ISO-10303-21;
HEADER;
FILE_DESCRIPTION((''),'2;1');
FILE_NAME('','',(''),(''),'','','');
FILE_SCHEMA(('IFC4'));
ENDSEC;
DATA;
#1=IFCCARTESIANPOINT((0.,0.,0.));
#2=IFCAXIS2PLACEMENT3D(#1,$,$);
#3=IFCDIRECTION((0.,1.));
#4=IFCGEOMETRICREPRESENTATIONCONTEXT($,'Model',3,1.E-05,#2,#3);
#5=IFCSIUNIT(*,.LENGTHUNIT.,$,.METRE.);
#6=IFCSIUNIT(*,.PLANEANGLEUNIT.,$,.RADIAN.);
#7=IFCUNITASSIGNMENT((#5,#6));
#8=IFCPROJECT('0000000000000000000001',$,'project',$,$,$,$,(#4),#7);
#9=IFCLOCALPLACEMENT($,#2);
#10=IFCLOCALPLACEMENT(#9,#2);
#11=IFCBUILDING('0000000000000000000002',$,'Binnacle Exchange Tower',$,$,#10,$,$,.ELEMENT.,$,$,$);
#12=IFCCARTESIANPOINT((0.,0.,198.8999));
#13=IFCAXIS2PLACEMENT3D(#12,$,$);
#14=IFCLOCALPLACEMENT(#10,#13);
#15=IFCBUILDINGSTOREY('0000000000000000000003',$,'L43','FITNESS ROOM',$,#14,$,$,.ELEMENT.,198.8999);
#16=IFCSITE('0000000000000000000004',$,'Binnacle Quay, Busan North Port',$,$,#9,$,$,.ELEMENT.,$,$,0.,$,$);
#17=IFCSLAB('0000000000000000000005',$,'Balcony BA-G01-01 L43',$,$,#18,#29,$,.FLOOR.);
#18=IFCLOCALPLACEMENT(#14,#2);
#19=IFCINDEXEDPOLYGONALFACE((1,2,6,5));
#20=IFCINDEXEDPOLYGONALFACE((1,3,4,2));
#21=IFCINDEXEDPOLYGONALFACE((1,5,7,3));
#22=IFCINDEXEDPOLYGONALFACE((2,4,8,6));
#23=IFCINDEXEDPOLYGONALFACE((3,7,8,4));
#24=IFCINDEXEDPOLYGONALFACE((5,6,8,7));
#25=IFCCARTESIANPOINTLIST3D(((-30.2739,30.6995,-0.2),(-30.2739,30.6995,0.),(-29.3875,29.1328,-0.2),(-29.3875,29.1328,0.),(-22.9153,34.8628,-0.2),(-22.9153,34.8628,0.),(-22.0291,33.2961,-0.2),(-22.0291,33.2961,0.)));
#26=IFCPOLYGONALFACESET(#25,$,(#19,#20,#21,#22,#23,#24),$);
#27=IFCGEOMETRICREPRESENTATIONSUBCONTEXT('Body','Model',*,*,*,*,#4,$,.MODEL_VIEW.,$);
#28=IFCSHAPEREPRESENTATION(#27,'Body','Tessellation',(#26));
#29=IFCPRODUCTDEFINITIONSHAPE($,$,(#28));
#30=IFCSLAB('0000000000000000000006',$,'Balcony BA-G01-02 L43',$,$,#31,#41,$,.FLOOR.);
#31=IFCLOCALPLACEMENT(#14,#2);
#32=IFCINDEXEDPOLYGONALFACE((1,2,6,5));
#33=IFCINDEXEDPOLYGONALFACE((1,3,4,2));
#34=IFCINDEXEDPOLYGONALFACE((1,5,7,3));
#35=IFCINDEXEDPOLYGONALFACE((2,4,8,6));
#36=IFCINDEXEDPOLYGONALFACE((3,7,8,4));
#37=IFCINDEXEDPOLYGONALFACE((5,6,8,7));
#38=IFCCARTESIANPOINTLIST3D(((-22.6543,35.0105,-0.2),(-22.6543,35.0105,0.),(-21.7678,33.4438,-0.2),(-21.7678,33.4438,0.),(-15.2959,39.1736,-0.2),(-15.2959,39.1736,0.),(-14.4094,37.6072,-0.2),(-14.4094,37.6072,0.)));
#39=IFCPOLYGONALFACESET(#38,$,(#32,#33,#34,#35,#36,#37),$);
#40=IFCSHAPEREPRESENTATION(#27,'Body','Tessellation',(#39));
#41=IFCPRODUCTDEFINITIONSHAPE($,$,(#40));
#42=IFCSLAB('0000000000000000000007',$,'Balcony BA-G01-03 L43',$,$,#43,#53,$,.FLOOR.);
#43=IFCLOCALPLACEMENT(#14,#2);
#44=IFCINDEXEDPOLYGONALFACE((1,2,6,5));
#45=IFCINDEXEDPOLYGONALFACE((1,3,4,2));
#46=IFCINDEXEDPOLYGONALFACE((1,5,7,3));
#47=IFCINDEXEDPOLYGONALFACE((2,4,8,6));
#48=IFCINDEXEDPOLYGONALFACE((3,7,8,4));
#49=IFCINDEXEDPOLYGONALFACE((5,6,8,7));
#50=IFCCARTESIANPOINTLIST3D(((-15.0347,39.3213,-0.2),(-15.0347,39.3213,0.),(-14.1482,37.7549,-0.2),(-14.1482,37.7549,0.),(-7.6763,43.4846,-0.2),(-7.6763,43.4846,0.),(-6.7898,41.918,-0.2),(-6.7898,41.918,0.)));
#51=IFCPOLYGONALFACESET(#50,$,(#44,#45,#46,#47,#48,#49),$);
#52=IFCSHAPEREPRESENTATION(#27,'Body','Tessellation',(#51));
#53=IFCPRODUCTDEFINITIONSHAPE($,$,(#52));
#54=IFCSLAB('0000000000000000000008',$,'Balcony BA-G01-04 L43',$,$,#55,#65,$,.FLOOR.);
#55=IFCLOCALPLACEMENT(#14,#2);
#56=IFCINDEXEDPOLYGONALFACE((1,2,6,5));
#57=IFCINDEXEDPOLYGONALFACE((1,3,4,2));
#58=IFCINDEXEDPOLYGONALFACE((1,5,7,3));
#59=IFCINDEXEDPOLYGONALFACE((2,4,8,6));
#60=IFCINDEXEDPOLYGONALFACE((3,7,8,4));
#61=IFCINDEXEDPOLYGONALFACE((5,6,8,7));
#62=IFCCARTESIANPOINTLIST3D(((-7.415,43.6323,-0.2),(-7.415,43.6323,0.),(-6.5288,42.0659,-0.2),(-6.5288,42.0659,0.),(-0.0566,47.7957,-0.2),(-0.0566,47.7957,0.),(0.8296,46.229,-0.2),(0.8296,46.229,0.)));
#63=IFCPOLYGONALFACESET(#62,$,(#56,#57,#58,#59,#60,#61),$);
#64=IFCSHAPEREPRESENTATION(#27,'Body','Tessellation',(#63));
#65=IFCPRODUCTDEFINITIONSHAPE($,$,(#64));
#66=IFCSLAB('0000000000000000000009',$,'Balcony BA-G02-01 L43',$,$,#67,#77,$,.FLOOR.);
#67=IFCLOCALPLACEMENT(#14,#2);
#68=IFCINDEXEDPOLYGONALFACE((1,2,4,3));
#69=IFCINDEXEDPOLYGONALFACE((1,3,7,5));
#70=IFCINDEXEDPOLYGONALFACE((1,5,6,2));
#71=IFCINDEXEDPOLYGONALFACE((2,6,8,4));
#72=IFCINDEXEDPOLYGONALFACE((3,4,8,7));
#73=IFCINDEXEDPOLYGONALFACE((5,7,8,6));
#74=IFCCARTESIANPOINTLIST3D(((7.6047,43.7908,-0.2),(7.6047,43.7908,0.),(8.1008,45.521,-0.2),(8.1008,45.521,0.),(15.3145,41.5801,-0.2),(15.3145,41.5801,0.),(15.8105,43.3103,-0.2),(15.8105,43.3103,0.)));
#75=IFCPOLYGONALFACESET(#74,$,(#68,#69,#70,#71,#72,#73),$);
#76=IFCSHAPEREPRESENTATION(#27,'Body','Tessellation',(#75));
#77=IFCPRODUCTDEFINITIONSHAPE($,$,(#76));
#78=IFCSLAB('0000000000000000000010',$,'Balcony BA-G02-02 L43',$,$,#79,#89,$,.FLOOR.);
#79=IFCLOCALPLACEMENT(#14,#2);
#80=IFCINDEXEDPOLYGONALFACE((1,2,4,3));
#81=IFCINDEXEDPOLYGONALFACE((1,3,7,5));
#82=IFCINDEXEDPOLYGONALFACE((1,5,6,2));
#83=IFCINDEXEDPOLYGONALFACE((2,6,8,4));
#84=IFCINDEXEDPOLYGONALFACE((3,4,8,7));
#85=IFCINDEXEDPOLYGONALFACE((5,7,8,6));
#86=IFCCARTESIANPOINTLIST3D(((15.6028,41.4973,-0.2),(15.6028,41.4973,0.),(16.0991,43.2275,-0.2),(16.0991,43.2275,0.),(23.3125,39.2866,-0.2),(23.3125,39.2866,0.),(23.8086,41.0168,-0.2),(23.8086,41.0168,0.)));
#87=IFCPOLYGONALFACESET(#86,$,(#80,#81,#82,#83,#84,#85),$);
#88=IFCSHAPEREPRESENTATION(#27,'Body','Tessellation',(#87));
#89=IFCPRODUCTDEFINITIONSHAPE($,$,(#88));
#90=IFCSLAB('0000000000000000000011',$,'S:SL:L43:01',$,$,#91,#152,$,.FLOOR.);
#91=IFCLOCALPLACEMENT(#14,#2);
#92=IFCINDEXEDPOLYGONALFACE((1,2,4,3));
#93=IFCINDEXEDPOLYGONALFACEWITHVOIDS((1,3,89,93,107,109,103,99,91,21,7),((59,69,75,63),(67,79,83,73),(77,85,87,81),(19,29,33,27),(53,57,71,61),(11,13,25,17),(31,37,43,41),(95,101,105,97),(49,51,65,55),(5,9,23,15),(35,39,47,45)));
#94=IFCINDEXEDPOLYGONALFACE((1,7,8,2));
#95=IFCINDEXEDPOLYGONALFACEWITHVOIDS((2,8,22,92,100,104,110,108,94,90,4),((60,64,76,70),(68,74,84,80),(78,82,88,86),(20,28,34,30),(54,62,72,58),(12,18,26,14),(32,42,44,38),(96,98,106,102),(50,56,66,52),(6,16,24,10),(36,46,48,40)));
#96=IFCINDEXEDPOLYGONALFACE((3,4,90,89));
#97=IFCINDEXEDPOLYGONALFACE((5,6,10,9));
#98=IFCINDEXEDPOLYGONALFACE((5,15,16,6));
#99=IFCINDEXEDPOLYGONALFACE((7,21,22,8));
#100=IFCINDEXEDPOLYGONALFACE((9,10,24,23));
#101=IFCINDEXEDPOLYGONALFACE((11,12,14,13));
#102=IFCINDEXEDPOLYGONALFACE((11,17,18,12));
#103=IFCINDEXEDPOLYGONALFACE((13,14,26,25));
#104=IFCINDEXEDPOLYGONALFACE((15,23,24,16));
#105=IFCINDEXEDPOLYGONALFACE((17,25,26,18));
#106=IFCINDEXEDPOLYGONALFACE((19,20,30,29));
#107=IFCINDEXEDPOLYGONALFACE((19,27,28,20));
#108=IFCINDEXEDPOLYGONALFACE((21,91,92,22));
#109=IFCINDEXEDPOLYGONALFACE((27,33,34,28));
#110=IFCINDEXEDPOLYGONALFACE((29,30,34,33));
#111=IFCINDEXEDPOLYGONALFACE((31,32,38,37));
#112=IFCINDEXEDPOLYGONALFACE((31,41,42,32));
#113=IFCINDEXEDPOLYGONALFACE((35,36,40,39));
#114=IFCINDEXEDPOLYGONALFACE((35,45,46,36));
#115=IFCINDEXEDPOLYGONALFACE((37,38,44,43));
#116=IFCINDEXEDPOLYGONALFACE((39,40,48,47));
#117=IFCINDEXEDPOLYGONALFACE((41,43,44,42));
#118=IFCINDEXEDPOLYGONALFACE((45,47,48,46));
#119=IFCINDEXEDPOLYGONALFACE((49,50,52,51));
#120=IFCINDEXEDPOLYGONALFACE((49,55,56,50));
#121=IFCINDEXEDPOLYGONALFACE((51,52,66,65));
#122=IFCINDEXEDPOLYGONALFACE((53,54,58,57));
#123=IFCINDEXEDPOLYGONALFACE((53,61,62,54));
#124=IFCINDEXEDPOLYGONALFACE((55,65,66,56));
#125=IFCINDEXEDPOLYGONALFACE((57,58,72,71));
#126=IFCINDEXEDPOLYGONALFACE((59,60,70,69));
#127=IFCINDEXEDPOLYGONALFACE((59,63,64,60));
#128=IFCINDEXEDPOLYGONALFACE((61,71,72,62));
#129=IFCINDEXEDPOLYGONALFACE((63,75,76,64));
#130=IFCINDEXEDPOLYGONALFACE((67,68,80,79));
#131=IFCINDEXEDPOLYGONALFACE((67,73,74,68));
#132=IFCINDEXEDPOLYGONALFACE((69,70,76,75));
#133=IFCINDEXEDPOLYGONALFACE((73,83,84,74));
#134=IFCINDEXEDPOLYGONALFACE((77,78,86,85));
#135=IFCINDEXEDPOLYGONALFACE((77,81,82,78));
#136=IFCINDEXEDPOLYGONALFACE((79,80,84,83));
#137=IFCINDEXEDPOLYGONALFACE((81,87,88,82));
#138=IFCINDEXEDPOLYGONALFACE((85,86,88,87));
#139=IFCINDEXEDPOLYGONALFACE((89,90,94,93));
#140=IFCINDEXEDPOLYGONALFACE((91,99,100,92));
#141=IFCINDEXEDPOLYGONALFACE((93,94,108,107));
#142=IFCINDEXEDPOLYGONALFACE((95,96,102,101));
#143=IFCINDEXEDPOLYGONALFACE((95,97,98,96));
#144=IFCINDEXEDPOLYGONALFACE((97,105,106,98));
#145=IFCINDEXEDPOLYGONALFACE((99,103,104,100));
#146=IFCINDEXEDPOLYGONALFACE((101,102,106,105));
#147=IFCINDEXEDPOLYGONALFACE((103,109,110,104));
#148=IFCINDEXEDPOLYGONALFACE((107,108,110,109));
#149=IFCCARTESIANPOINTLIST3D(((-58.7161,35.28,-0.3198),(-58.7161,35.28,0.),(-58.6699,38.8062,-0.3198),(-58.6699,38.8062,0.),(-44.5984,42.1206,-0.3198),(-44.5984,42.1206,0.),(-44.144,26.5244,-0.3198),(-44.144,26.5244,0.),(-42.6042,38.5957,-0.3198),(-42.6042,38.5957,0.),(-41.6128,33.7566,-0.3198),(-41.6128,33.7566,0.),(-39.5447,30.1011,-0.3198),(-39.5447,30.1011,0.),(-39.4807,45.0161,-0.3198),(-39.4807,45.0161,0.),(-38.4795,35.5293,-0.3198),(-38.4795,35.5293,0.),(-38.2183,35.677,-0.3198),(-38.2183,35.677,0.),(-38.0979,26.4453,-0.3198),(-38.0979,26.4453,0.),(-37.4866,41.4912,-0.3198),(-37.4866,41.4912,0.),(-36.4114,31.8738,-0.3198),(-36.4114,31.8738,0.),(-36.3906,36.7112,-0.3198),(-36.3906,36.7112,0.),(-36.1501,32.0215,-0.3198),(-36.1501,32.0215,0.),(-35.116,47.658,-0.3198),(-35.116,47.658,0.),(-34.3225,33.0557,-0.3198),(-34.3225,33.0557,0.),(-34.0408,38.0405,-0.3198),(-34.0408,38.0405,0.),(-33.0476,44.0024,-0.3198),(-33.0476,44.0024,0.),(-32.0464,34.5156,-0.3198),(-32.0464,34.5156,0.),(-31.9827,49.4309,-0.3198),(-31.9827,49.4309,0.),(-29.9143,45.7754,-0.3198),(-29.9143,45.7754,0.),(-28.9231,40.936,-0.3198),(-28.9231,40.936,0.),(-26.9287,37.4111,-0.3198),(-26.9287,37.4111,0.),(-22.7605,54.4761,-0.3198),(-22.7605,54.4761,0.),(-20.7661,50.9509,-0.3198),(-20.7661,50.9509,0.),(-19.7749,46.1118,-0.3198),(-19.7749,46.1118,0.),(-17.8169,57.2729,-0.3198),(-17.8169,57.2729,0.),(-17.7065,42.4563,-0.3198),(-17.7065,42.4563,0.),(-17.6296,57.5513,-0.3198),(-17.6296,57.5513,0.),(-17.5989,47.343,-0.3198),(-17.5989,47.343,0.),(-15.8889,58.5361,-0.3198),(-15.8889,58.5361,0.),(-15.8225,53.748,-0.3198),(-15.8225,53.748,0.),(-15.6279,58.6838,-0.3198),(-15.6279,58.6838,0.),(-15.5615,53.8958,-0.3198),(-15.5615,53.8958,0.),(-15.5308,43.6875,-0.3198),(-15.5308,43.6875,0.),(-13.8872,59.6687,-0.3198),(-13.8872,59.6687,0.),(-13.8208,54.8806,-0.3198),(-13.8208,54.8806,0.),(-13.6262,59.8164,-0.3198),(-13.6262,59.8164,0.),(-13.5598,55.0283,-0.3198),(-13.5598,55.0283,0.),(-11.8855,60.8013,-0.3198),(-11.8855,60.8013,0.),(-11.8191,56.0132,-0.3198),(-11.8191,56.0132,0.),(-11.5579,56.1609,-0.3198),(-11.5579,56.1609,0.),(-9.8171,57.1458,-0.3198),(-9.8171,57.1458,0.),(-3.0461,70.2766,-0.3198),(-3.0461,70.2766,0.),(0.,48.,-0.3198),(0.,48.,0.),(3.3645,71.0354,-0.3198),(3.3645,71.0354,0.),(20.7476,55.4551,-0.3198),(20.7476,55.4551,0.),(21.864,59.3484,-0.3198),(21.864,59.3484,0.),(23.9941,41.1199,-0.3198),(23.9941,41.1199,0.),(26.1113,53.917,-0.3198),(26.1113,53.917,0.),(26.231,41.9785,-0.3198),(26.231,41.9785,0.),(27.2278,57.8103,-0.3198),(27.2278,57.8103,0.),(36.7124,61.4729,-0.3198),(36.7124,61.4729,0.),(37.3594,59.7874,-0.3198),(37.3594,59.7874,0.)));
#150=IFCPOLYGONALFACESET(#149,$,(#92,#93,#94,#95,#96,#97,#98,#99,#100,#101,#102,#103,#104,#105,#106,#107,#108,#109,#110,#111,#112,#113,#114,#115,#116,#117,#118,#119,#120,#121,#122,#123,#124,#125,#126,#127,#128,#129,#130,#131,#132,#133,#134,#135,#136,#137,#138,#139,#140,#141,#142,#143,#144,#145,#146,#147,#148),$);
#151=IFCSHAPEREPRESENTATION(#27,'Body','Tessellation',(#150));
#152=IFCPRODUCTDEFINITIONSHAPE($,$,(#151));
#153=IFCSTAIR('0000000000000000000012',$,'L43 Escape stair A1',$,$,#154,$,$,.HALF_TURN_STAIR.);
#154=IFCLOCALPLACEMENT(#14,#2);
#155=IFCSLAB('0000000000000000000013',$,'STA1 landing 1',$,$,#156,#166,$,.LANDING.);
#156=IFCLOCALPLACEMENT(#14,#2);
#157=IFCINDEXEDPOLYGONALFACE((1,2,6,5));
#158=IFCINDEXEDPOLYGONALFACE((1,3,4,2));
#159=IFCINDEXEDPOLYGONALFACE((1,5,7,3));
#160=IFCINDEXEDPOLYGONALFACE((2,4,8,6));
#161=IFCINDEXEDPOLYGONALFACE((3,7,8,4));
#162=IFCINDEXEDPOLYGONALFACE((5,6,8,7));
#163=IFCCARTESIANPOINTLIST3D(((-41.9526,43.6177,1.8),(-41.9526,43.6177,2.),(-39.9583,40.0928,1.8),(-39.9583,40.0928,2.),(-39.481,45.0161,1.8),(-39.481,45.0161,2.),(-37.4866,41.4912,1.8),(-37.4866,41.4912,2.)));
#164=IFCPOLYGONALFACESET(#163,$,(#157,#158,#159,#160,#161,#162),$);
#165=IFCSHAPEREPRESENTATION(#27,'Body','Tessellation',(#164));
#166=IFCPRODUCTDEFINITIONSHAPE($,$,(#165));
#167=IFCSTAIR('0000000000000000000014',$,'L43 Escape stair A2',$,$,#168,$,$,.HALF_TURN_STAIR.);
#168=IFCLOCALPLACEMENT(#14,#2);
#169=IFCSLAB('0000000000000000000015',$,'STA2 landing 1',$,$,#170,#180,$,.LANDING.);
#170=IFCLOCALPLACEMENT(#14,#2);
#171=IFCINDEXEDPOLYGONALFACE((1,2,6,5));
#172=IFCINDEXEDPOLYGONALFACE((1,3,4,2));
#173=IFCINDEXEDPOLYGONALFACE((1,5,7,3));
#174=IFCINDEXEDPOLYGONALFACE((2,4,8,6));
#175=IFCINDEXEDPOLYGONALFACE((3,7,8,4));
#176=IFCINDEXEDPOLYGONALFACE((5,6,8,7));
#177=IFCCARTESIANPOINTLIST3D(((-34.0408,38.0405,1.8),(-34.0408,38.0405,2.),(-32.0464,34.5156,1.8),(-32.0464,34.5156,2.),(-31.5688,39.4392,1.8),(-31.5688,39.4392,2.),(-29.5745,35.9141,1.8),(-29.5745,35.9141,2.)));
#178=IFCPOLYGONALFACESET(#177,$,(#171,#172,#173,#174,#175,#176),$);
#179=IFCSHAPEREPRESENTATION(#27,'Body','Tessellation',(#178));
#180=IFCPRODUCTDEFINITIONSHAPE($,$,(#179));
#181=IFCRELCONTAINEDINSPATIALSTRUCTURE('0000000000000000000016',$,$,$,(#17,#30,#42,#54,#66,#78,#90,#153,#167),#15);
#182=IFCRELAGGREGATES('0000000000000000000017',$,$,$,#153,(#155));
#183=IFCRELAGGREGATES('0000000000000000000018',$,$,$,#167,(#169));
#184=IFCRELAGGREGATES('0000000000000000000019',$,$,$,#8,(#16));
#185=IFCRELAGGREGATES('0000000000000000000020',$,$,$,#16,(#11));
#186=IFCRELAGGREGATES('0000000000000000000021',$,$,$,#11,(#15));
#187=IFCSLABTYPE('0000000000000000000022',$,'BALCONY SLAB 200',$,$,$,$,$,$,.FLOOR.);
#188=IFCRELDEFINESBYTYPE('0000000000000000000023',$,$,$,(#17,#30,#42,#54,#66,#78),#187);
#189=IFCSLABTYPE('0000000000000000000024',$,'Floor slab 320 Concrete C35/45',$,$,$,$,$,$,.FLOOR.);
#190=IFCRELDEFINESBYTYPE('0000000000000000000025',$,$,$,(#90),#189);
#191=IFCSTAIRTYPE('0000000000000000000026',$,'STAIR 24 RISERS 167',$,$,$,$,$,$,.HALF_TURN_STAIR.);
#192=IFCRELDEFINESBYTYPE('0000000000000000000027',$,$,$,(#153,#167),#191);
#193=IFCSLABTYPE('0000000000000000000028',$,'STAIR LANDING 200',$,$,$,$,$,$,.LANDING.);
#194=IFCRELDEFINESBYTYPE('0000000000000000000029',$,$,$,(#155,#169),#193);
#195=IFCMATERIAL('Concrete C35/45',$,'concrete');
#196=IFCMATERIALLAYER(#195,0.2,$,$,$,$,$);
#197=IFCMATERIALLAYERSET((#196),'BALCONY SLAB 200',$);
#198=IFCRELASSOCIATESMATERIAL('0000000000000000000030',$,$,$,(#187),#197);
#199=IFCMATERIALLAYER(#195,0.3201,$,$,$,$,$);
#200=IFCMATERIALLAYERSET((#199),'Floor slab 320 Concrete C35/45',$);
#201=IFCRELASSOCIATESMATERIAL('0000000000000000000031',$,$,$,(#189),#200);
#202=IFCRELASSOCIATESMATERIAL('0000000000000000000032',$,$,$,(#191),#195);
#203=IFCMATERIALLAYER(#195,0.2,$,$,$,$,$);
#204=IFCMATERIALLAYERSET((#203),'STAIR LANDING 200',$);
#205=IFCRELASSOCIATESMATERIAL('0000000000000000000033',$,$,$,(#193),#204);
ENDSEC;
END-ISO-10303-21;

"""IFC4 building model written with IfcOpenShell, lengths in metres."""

from ifc_helpers import new_model, si_unit, direction, frame, origin, place, context, subcontext, project, spatial, polyline, outline, extrude, material, layer, layer_set, type_object, element, aggregate, save


model = new_model("IFC4")

# Units and contexts
model_context = context("Model", 3, precision=1e-05, world=origin(), true_north=direction((0.0, 1.0)))
body_context = subcontext(model_context, "Body", "Model", "MODEL_VIEW")
ifc_project = project(units=[si_unit("LENGTHUNIT", "METRE"), si_unit("PLANEANGLEUNIT", "RADIAN")], contexts=[model_context])

# Site, building, storey
site_placement = place(None, origin())
site = spatial("IfcSite", under=ifc_project, at=site_placement, Name="Binnacle Quay, Busan North Port", CompositionType="ELEMENT", RefElevation=0.0)
building_placement = place(site_placement, origin())
building = spatial("IfcBuilding", under=site, at=building_placement, Name="Binnacle Exchange Tower", CompositionType="ELEMENT")
storey_placement = place(building_placement, frame((0.0, 0.0, 198.8999)))
storey = spatial("IfcBuildingStorey", under=building, at=storey_placement, Name="L43", Description="FITNESS ROOM", CompositionType="ELEMENT", Elevation=198.8999)

# Slabs
ifc_material_1 = material(Name="Concrete C35/45", Category="concrete")
ifc_layer_1 = layer(ifc_material_1, 0.2)
ifc_layer_set_1 = layer_set([ifc_layer_1], Name="BALCONY SLAB 200")
slab_type_1 = type_object("IfcSlabType", Name="BALCONY SLAB 200", PredefinedType="FLOOR", material=ifc_layer_set_1)
slab_1_placement = place(storey_placement, frame((0.0, 0.0, -0.2)))
element("IfcSlab", 1, at=slab_1_placement, inside=storey, type_object=slab_type_1, Name="Balcony BA-G01-01 L43", PredefinedType="FLOOR", context=body_context, shape_type="SweptSolid", body=[
    extrude(outline(polyline([(-30.2739, 30.6995), (-22.9153, 34.8628), (-22.0291, 33.2961), (-29.3875, 29.1328), (-30.2739, 30.6995)])), origin(), (0.0, 0.0, 1.0), 0.2),
])
slab_2_placement = place(storey_placement, frame((0.0, 0.0, -0.2)))
element("IfcSlab", 2, at=slab_2_placement, inside=storey, type_object=slab_type_1, Name="Balcony BA-G01-02 L43", PredefinedType="FLOOR", context=body_context, shape_type="SweptSolid", body=[
    extrude(outline(polyline([(-22.6543, 35.0105), (-15.2959, 39.1736), (-14.4094, 37.6072), (-21.7678, 33.4438), (-22.6543, 35.0105)])), origin(), (0.0, 0.0, 1.0), 0.2),
])
slab_3_placement = place(storey_placement, frame((0.0, 0.0, -0.2)))
element("IfcSlab", 3, at=slab_3_placement, inside=storey, type_object=slab_type_1, Name="Balcony BA-G01-03 L43", PredefinedType="FLOOR", context=body_context, shape_type="SweptSolid", body=[
    extrude(outline(polyline([(-15.0347, 39.3213), (-7.6763, 43.4846), (-6.7898, 41.918), (-14.1482, 37.7549), (-15.0347, 39.3213)])), origin(), (0.0, 0.0, 1.0), 0.2),
])
slab_4_placement = place(storey_placement, frame((0.0, 0.0, -0.2)))
element("IfcSlab", 4, at=slab_4_placement, inside=storey, type_object=slab_type_1, Name="Balcony BA-G01-04 L43", PredefinedType="FLOOR", context=body_context, shape_type="SweptSolid", body=[
    extrude(outline(polyline([(-7.415, 43.6323), (-0.0566, 47.7957), (0.8296, 46.229), (-6.5288, 42.0659), (-7.415, 43.6323)])), origin(), (0.0, 0.0, 1.0), 0.2),
])
slab_5_placement = place(storey_placement, frame((0.0, 0.0, -0.2)))
element("IfcSlab", 5, at=slab_5_placement, inside=storey, type_object=slab_type_1, Name="Balcony BA-G02-01 L43", PredefinedType="FLOOR", context=body_context, shape_type="SweptSolid", body=[
    extrude(outline(polyline([(8.1008, 45.521), (15.8105, 43.3103), (15.3145, 41.5801), (7.6047, 43.7908), (8.1008, 45.521)])), origin(), (0.0, 0.0, 1.0), 0.2),
])
slab_6_placement = place(storey_placement, frame((0.0, 0.0, -0.2)))
element("IfcSlab", 6, at=slab_6_placement, inside=storey, type_object=slab_type_1, Name="Balcony BA-G02-02 L43", PredefinedType="FLOOR", context=body_context, shape_type="SweptSolid", body=[
    extrude(outline(polyline([(16.0991, 43.2275), (23.8086, 41.0168), (23.3125, 39.2866), (15.6028, 41.4973), (16.0991, 43.2275)])), origin(), (0.0, 0.0, 1.0), 0.2),
])
ifc_layer_2 = layer(ifc_material_1, 0.3201)
ifc_layer_set_2 = layer_set([ifc_layer_2], Name="Floor slab 320 Concrete C35/45")
slab_type_2 = type_object("IfcSlabType", Name="Floor slab 320 Concrete C35/45", PredefinedType="FLOOR", material=ifc_layer_set_2)
slab_7_placement = place(storey_placement, frame((0.0, 0.0, -0.3198)))
element("IfcSlab", 7, at=slab_7_placement, inside=storey, type_object=slab_type_2, Name="S:SL:L43:01", PredefinedType="FLOOR", context=body_context, shape_type="SweptSolid", body=[
    extrude(outline(polyline([(-58.7161, 35.28), (-58.6699, 38.8062), (-3.0461, 70.2766), (3.3645, 71.0354), (36.7124, 61.4729), (37.3594, 59.7874), (26.231, 41.9785), (23.9941, 41.1199), (0.0, 48.0), (-38.0979, 26.4453), (-44.144, 26.5244), (-58.7161, 35.28)]), holes=[polyline([(-38.4795, 35.5293), (-41.6128, 33.7566), (-39.5447, 30.1011), (-36.4114, 31.8738), (-38.4795, 35.5293)]), polyline([(-36.3906, 36.7112), (-38.2183, 35.677), (-36.1501, 32.0215), (-34.3225, 33.0557), (-36.3906, 36.7112)]), polyline([(-32.0464, 34.5156), (-26.9287, 37.4111), (-28.9231, 40.936), (-34.0408, 38.0405), (-32.0464, 34.5156)]), polyline([(-37.4866, 41.4912), (-39.4807, 45.0161), (-44.5984, 42.1206), (-42.6042, 38.5957), (-37.4866, 41.4912)]), polyline([(-29.9143, 45.7754), (-31.9827, 49.4309), (-35.116, 47.658), (-33.0476, 44.0024), (-29.9143, 45.7754)]), polyline([(-17.8169, 57.2729), (-22.7605, 54.4761), (-20.7661, 50.9509), (-15.8225, 53.748), (-17.8169, 57.2729)]), polyline([(-15.5308, 43.6875), (-17.5989, 47.343), (-19.7749, 46.1118), (-17.7065, 42.4563), (-15.5308, 43.6875)]), polyline([(-13.8208, 54.8806), (-15.8889, 58.5361), (-17.6296, 57.5513), (-15.5615, 53.8958), (-13.8208, 54.8806)]), polyline([(27.2278, 57.8103), (21.864, 59.3484), (20.7476, 55.4551), (26.1113, 53.917), (27.2278, 57.8103)]), polyline([(-11.8191, 56.0132), (-13.8872, 59.6687), (-15.6279, 58.6838), (-13.5598, 55.0283), (-11.8191, 56.0132)]), polyline([(-9.8171, 57.1458), (-11.8855, 60.8013), (-13.6262, 59.8164), (-11.5579, 56.1609), (-9.8171, 57.1458)])]), origin(), (0.0, 0.0, 1.0), 0.3198),
])

# Stairs, slabs
stair_type = type_object("IfcStairType", Name="STAIR 24 RISERS 167", PredefinedType="HALF_TURN_STAIR", material=ifc_material_1)
stair_1_placement = place(storey_placement, origin())
stair_1 = element("IfcStair", 8, at=stair_1_placement, inside=storey, type_object=stair_type, Name="L43 Escape stair A1", PredefinedType="HALF_TURN_STAIR")
ifc_layer_3 = layer(ifc_material_1, 0.2)
ifc_layer_set_3 = layer_set([ifc_layer_3], Name="STAIR LANDING 200")
slab_type_3 = type_object("IfcSlabType", Name="STAIR LANDING 200", PredefinedType="LANDING", material=ifc_layer_set_3)
slab_8_placement = place(storey_placement, frame((0.0, 0.0, 1.8)))
slab_8 = element("IfcSlab", 9, at=slab_8_placement, type_object=slab_type_3, Name="STA1 landing 1", PredefinedType="LANDING", context=body_context, shape_type="SweptSolid", body=[
    extrude(outline(polyline([(-39.9583, 40.0928), (-37.4866, 41.4912), (-39.481, 45.0161), (-41.9526, 43.6177), (-39.9583, 40.0928)])), origin(), (0.0, 0.0, 1.0), 0.2),
])
aggregate(stair_1, [slab_8])
stair_2_placement = place(storey_placement, origin())
stair_2 = element("IfcStair", 10, at=stair_2_placement, inside=storey, type_object=stair_type, Name="L43 Escape stair A2", PredefinedType="HALF_TURN_STAIR")
slab_9_placement = place(storey_placement, frame((0.0, 0.0, 1.8)))
slab_9 = element("IfcSlab", 11, at=slab_9_placement, type_object=slab_type_3, Name="STA2 landing 1", PredefinedType="LANDING", context=body_context, shape_type="SweptSolid", body=[
    extrude(outline(polyline([(-31.5688, 39.4392), (-34.0408, 38.0405), (-32.0464, 34.5156), (-29.5745, 35.9141), (-31.5688, 39.4392)])), origin(), (0.0, 0.0, 1.0), 0.2),
])
aggregate(stair_2, [slab_9])

save(model, "model.ifc")
